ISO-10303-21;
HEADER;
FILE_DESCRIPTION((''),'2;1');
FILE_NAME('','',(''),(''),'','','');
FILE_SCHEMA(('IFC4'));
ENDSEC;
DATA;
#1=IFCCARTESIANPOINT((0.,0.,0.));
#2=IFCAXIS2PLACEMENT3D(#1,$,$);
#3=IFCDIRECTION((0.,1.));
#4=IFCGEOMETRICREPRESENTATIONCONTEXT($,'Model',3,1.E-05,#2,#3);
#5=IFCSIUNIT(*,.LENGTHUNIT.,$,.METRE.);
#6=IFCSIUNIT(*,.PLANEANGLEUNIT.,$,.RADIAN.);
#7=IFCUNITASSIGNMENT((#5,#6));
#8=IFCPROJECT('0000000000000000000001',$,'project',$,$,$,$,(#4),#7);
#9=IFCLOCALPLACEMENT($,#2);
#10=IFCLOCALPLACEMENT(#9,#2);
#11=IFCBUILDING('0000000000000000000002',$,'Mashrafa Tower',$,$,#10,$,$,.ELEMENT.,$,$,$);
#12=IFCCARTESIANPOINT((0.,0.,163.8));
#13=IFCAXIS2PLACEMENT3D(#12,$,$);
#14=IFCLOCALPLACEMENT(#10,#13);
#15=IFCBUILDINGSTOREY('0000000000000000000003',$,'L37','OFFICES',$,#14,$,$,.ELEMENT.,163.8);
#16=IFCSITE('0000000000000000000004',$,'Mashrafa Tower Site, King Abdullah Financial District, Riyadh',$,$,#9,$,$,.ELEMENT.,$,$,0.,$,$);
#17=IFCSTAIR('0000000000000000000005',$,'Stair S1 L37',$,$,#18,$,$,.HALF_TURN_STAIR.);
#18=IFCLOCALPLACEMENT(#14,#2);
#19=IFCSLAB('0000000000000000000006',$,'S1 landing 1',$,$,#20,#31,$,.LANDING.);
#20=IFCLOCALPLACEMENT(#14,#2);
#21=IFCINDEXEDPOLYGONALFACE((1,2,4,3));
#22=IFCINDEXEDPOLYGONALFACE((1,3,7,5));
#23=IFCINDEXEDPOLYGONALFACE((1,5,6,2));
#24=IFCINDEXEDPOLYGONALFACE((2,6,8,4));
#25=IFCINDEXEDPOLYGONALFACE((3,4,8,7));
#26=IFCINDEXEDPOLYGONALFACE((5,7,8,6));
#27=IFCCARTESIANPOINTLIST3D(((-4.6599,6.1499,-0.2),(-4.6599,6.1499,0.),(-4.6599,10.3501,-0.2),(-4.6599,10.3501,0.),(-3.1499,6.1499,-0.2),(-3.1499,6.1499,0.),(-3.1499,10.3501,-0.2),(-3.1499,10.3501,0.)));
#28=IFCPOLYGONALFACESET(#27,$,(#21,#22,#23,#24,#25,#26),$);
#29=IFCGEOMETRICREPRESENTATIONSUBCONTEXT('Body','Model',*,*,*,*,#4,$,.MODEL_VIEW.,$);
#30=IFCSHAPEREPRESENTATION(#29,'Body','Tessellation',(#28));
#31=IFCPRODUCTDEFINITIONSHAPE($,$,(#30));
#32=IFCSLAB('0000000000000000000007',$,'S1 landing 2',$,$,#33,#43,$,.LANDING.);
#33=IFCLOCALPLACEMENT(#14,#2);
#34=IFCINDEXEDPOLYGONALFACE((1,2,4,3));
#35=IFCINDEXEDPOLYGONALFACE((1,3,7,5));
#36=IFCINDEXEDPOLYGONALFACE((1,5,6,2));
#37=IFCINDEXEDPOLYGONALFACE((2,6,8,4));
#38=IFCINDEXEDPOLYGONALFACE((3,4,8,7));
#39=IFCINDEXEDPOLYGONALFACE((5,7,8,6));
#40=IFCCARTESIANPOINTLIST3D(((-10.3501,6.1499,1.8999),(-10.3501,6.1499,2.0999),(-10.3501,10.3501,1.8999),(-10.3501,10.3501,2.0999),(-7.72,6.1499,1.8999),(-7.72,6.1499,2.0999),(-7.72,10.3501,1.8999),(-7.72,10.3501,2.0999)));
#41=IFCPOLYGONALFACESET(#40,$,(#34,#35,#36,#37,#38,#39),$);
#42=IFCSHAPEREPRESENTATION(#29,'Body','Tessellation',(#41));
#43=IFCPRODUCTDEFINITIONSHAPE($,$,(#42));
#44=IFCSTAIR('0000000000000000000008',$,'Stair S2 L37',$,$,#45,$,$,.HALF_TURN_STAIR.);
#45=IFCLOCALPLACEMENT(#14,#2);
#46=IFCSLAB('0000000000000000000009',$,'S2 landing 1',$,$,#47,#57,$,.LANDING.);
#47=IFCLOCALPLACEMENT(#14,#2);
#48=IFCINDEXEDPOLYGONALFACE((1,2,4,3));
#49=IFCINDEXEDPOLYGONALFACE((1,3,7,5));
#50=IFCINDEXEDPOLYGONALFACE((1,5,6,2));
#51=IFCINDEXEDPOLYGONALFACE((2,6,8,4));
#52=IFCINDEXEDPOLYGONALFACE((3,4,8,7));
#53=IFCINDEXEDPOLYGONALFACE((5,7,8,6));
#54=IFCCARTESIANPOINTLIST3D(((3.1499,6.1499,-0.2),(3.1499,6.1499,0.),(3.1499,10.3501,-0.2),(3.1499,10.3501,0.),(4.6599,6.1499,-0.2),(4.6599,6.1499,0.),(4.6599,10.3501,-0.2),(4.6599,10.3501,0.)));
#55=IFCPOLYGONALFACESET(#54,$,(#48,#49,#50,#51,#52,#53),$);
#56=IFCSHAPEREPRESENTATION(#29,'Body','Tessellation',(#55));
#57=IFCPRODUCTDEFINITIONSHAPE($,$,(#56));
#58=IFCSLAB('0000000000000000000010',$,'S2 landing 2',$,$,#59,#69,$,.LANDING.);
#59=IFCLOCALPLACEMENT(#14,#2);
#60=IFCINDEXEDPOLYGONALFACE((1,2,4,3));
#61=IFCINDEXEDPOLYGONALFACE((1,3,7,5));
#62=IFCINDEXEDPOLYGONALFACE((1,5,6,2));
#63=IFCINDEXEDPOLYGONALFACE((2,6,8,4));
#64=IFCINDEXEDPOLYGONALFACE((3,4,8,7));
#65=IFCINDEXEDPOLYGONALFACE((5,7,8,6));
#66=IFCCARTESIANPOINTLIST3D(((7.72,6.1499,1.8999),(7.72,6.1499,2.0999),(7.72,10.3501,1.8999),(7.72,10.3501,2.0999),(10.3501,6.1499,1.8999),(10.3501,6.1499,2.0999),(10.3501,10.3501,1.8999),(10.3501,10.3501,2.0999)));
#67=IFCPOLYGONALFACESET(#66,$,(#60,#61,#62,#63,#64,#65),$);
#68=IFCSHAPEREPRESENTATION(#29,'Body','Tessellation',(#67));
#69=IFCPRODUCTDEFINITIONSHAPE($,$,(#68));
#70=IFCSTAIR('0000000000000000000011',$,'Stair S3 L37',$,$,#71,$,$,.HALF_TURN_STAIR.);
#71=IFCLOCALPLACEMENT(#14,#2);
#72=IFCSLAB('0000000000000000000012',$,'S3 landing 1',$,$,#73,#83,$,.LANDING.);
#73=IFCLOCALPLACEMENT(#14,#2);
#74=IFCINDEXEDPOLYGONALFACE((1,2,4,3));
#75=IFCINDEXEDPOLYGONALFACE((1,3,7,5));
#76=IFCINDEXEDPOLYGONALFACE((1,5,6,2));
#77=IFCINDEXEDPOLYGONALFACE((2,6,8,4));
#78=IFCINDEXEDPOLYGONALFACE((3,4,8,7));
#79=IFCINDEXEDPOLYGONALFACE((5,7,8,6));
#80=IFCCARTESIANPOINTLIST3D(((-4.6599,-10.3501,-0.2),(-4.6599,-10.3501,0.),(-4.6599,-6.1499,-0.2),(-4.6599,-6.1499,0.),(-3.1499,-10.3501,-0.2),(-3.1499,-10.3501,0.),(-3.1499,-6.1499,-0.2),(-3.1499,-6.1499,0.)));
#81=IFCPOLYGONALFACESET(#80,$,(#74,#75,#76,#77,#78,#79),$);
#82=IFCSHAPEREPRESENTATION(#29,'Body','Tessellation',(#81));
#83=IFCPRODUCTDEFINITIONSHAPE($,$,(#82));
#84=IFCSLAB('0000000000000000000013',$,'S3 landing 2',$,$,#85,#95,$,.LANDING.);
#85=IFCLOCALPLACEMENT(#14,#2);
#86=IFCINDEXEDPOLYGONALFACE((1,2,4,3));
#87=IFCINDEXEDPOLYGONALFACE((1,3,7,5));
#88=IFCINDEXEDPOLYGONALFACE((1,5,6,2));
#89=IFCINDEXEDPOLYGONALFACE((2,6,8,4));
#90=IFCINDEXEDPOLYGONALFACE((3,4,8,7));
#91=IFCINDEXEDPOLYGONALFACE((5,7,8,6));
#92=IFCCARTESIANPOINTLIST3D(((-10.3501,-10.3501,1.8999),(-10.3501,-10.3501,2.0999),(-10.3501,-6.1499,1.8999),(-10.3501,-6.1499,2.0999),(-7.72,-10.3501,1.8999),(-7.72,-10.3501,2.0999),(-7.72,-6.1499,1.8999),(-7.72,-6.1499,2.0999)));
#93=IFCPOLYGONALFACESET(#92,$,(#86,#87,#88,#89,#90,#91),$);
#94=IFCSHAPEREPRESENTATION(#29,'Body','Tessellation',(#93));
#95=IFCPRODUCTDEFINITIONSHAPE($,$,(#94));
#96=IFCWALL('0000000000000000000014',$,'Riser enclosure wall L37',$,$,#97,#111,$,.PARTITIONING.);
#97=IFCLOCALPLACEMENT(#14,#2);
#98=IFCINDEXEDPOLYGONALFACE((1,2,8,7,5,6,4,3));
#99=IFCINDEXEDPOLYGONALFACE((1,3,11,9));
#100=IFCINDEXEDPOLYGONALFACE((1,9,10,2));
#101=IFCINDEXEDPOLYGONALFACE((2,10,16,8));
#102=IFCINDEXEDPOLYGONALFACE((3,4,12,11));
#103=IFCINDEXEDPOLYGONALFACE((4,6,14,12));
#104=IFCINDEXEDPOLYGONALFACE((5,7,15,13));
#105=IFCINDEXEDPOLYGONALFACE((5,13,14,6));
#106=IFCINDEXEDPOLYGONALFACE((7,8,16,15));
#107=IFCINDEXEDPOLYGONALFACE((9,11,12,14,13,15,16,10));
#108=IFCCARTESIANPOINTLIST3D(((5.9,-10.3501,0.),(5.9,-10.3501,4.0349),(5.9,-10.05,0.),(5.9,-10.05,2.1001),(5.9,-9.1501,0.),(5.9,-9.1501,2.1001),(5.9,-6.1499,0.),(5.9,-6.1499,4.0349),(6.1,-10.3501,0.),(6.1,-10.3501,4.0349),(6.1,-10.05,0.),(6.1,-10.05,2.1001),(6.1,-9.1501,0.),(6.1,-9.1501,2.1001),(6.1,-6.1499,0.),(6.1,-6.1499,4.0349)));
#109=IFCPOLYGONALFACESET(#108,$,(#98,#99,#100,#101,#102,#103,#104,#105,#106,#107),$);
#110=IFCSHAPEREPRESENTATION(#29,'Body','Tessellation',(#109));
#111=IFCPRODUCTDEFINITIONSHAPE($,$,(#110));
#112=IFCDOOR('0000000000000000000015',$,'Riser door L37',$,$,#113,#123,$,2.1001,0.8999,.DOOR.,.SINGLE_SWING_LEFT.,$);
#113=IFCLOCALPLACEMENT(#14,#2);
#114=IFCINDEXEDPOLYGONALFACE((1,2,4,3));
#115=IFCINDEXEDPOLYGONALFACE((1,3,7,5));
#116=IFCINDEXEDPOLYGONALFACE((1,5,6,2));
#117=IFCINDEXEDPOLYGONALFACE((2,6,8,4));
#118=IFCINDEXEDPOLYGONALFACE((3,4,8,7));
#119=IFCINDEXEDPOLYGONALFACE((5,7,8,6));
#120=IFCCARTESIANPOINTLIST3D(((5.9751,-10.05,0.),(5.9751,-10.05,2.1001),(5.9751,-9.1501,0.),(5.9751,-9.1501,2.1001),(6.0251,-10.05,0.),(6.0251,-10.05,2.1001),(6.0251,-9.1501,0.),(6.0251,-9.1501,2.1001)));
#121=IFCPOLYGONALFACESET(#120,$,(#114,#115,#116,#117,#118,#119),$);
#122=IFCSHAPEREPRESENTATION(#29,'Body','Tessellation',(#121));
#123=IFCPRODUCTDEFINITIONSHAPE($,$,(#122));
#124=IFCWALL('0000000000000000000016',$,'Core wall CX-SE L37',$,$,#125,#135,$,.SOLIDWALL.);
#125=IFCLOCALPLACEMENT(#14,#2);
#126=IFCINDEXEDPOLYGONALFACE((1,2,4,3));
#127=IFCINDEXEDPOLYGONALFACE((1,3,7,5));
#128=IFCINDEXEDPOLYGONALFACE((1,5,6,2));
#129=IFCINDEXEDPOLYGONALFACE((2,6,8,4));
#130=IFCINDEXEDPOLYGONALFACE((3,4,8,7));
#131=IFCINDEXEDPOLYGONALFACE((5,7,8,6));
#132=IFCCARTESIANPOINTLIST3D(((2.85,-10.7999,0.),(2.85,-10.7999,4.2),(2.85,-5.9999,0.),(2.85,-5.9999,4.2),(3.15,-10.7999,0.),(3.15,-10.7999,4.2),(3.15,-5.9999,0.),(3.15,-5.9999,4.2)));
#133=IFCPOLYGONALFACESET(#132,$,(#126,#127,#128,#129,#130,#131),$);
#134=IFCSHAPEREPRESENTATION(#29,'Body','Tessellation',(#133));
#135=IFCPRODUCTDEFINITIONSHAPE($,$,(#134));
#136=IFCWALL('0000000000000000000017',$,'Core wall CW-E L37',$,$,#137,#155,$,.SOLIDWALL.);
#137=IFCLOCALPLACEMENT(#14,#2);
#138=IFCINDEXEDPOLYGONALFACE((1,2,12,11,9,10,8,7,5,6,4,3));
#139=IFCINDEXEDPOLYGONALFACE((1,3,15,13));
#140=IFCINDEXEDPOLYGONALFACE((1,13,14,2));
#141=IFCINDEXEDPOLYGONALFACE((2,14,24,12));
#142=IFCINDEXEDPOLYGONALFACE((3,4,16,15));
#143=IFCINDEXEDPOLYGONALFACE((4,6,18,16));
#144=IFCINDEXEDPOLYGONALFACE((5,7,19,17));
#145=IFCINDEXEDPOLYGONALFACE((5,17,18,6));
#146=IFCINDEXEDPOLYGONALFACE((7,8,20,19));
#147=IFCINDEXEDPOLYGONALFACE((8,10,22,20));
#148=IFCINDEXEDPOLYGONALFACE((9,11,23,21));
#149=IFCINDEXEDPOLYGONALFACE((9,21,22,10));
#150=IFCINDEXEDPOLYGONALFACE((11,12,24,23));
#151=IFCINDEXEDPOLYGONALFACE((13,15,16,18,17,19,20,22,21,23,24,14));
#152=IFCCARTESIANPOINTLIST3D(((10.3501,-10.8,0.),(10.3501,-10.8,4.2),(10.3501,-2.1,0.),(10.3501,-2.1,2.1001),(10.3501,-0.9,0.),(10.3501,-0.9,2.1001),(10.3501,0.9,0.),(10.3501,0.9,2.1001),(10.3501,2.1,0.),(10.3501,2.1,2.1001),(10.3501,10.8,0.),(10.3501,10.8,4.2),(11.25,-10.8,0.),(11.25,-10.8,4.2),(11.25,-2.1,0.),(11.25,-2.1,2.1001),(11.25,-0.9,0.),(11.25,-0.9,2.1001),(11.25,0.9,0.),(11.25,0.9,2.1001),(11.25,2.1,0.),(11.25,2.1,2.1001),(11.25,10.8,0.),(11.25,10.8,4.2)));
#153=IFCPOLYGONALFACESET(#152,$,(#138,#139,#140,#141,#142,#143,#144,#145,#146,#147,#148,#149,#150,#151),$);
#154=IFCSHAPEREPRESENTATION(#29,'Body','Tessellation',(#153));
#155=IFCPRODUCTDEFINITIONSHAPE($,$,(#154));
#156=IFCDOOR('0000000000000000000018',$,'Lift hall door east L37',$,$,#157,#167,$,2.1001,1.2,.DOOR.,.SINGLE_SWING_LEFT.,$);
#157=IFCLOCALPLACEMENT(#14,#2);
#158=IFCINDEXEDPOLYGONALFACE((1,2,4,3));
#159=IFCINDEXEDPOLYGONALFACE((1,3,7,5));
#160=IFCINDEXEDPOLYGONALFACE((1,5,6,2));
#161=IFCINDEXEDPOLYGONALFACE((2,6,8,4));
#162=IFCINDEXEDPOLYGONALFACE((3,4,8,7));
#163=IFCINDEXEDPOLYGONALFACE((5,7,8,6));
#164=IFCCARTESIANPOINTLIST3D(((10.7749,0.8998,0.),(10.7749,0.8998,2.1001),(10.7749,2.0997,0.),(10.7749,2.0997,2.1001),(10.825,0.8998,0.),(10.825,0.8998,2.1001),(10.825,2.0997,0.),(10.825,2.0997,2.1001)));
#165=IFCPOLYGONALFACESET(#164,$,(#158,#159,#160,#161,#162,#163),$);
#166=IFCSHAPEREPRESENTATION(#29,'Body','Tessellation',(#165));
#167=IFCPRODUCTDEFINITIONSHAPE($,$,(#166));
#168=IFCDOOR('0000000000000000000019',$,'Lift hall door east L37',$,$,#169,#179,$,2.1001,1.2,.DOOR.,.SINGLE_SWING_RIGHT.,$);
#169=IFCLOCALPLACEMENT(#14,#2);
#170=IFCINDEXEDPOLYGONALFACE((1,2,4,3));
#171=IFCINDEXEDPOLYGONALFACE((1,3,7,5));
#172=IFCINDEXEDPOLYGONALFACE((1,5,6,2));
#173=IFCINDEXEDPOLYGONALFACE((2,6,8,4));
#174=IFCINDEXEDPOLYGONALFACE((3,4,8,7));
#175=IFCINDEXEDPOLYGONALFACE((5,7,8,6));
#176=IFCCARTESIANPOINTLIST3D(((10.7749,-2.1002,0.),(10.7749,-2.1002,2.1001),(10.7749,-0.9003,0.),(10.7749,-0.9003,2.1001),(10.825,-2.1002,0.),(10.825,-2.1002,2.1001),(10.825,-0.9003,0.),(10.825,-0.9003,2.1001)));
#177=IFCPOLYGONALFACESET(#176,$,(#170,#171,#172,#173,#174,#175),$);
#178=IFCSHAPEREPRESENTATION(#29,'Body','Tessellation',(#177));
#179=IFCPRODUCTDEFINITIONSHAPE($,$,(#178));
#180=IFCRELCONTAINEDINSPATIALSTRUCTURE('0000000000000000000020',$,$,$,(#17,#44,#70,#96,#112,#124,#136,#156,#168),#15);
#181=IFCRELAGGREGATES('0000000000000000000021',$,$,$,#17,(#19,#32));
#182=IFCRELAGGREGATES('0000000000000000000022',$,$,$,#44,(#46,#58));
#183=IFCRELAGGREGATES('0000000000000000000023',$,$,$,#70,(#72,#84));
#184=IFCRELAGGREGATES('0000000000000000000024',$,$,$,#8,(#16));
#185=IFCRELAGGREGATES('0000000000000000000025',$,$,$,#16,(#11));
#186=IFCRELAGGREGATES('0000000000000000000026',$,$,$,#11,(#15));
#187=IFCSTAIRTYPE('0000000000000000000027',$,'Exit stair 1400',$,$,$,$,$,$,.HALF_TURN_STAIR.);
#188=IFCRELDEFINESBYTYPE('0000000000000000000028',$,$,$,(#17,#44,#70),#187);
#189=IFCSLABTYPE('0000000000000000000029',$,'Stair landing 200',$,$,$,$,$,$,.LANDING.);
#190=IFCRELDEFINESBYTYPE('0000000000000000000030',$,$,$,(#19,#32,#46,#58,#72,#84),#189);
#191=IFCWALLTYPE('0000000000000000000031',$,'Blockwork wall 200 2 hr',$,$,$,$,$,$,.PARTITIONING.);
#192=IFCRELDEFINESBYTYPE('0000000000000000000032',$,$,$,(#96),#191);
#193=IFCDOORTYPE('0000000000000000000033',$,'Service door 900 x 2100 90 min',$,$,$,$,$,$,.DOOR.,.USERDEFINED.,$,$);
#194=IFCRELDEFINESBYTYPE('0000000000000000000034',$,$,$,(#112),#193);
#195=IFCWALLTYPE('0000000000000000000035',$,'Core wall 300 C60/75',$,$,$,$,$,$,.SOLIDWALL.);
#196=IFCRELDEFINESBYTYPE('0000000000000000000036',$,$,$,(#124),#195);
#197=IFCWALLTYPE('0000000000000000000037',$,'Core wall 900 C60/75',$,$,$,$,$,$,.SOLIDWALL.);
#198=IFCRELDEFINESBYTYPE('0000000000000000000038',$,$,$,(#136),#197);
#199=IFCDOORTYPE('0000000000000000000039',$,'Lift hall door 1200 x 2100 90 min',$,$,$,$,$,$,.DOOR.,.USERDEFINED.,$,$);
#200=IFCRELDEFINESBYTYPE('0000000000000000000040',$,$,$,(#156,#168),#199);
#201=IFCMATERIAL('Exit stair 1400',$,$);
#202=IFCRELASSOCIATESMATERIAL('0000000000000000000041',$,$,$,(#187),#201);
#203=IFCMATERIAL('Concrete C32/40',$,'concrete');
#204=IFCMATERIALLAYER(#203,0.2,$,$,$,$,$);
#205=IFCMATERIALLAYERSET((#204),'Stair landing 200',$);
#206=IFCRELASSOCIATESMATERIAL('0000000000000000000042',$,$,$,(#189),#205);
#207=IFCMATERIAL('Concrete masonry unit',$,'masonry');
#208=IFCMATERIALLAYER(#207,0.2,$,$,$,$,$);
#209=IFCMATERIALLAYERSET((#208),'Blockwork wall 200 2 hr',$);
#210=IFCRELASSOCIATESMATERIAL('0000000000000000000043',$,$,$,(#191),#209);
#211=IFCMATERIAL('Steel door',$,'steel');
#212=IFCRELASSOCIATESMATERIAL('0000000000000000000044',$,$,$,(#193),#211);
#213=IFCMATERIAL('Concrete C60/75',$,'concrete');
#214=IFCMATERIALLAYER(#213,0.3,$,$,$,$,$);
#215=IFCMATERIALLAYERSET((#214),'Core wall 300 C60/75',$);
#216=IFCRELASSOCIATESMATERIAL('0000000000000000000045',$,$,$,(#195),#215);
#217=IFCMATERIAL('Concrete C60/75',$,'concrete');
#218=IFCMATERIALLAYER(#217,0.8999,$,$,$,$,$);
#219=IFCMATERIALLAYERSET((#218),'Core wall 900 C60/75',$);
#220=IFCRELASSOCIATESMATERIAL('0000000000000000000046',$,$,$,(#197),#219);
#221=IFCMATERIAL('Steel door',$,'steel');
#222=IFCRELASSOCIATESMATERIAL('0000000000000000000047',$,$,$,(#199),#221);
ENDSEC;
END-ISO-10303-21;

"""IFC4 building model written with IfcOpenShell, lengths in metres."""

from ifc_helpers import new_model, si_unit, direction, frame, frame_2d, origin, place, context, subcontext, project, spatial, polyline, rectangle, outline, extrude, material, layer, layer_set, type_object, element, fill, aggregate, save


model = new_model("IFC4")

# Units and contexts
model_context = context("Model", 3, precision=1e-05, world=origin(), true_north=direction((0.0, 1.0)))
body_context = subcontext(model_context, "Body", "Model", "MODEL_VIEW")
ifc_project = project(units=[si_unit("LENGTHUNIT", "METRE"), si_unit("PLANEANGLEUNIT", "RADIAN")], contexts=[model_context])

# Site, building, storey
site_placement = place(None, origin())
site = spatial("IfcSite", under=ifc_project, at=site_placement, Name="Mashrafa Tower Site, King Abdullah Financial District, Riyadh", CompositionType="ELEMENT", RefElevation=0.0)
building_placement = place(site_placement, origin())
building = spatial("IfcBuilding", under=site, at=building_placement, Name="Mashrafa Tower", CompositionType="ELEMENT")
storey_placement = place(building_placement, frame((0.0, 0.0, 163.8)))
storey = spatial("IfcBuildingStorey", under=building, at=storey_placement, Name="L37", Description="OFFICES", CompositionType="ELEMENT", Elevation=163.8)

# Stairs, slabs
ifc_material_1 = material(Name="Exit stair 1400")
stair_type = type_object("IfcStairType", Name="Exit stair 1400", PredefinedType="HALF_TURN_STAIR", material=ifc_material_1)
stair_1_placement = place(storey_placement, origin())
stair_1 = element("IfcStair", 1, at=stair_1_placement, inside=storey, type_object=stair_type, Name="Stair S1 L37", PredefinedType="HALF_TURN_STAIR")
ifc_material_2 = material(Name="Concrete C32/40", Category="concrete")
ifc_layer_1 = layer(ifc_material_2, 0.2)
ifc_layer_set_1 = layer_set([ifc_layer_1], Name="Stair landing 200")
slab_type = type_object("IfcSlabType", Name="Stair landing 200", PredefinedType="LANDING", material=ifc_layer_set_1)
slab_1_placement = place(storey_placement, frame((0.0, 0.0, -0.2)))
slab_1 = element("IfcSlab", 2, at=slab_1_placement, type_object=slab_type, Name="S1 landing 1", PredefinedType="LANDING", context=body_context, shape_type="SweptSolid", body=[
    extrude(outline(polyline([(-4.6599, 6.1499), (-3.1499, 6.1499), (-3.1499, 10.3501), (-4.6599, 10.3501), (-4.6599, 6.1499)])), origin(), (0.0, 0.0, 1.0), 0.2),
])
slab_2_placement = place(storey_placement, frame((0.0, 0.0, 1.8999)))
slab_2 = element("IfcSlab", 3, at=slab_2_placement, type_object=slab_type, Name="S1 landing 2", PredefinedType="LANDING", context=body_context, shape_type="SweptSolid", body=[
    extrude(outline(polyline([(-10.3501, 6.1499), (-7.72, 6.1499), (-7.72, 10.3501), (-10.3501, 10.3501), (-10.3501, 6.1499)])), origin(), (0.0, 0.0, 1.0), 0.2),
])
aggregate(stair_1, [slab_1, slab_2])
stair_2_placement = place(storey_placement, origin())
stair_2 = element("IfcStair", 4, at=stair_2_placement, inside=storey, type_object=stair_type, Name="Stair S2 L37", PredefinedType="HALF_TURN_STAIR")
slab_3_placement = place(storey_placement, frame((0.0, 0.0, -0.2)))
slab_3 = element("IfcSlab", 5, at=slab_3_placement, type_object=slab_type, Name="S2 landing 1", PredefinedType="LANDING", context=body_context, shape_type="SweptSolid", body=[
    extrude(outline(polyline([(3.1499, 6.1499), (4.6599, 6.1499), (4.6599, 10.3501), (3.1499, 10.3501), (3.1499, 6.1499)])), origin(), (0.0, 0.0, 1.0), 0.2),
])
slab_4_placement = place(storey_placement, frame((0.0, 0.0, 1.8999)))
slab_4 = element("IfcSlab", 6, at=slab_4_placement, type_object=slab_type, Name="S2 landing 2", PredefinedType="LANDING", context=body_context, shape_type="SweptSolid", body=[
    extrude(outline(polyline([(7.72, 6.1499), (10.3501, 6.1499), (10.3501, 10.3501), (7.72, 10.3501), (7.72, 6.1499)])), origin(), (0.0, 0.0, 1.0), 0.2),
])
aggregate(stair_2, [slab_3, slab_4])
stair_3_placement = place(storey_placement, origin())
stair_3 = element("IfcStair", 7, at=stair_3_placement, inside=storey, type_object=stair_type, Name="Stair S3 L37", PredefinedType="HALF_TURN_STAIR")
slab_5_placement = place(storey_placement, frame((0.0, 0.0, -0.2)))
slab_5 = element("IfcSlab", 8, at=slab_5_placement, type_object=slab_type, Name="S3 landing 1", PredefinedType="LANDING", context=body_context, shape_type="SweptSolid", body=[
    extrude(outline(polyline([(-4.6599, -10.3501), (-3.1499, -10.3501), (-3.1499, -6.1499), (-4.6599, -6.1499), (-4.6599, -10.3501)])), origin(), (0.0, 0.0, 1.0), 0.2),
])
slab_6_placement = place(storey_placement, frame((0.0, 0.0, 1.8999)))
slab_6 = element("IfcSlab", 9, at=slab_6_placement, type_object=slab_type, Name="S3 landing 2", PredefinedType="LANDING", context=body_context, shape_type="SweptSolid", body=[
    extrude(outline(polyline([(-10.3501, -10.3501), (-7.72, -10.3501), (-7.72, -6.1499), (-10.3501, -6.1499), (-10.3501, -10.3501)])), origin(), (0.0, 0.0, 1.0), 0.2),
])
aggregate(stair_3, [slab_5, slab_6])

# Wall, opening, door
ifc_material_3 = material(Name="Concrete masonry unit", Category="masonry")
ifc_layer_2 = layer(ifc_material_3, 0.2)
ifc_layer_set_2 = layer_set([ifc_layer_2], Name="Blockwork wall 200 2 hr")
wall_type_1 = type_object("IfcWallType", Name="Blockwork wall 200 2 hr", PredefinedType="PARTITIONING", material=ifc_layer_set_2)
wall_1_placement = place(storey_placement, frame((6.0, -10.3501, 0.0), z_axis=(0.0, 0.0, 1.0), x_axis=(0.0, 1.0, 0.0)))
wall_1 = element("IfcWall", 10, at=wall_1_placement, inside=storey, type_object=wall_type_1, Name="Riser enclosure wall L37", PredefinedType="PARTITIONING", context=body_context, shape_type="SweptSolid", body=[
    extrude(rectangle(XDim=4.2002, YDim=0.2, at=frame_2d((2.1001, 0.0))), origin(), (0.0, 0.0, 1.0), 4.0349),
])
opening_1_placement = place(wall_1_placement, frame((0.3, 0.0, 0.0)))
opening_1 = element("IfcOpeningElement", 11, at=opening_1_placement, cuts=wall_1, PredefinedType="OPENING", context=body_context, shape_type="SweptSolid", body=[
    extrude(rectangle(XDim=0.8999, YDim=2.1001, at=frame_2d((0.45, 1.05))), frame((0.0, 0.1099, 0.0), z_axis=(0.0, -1.0, 0.0), x_axis=(1.0, 0.0, 0.0)), (0.0, 0.0, 1.0), 0.22),
])
ifc_material_4 = material(Name="Steel door", Category="steel")
door_type_1 = type_object("IfcDoorType", Name="Service door 900 x 2100 90 min", OperationType="USERDEFINED", PredefinedType="DOOR", material=ifc_material_4)
door_1_placement = place(opening_1_placement, origin())
door_1 = element("IfcDoor", 12, at=door_1_placement, inside=storey, type_object=door_type_1, Name="Riser door L37", OperationType="SINGLE_SWING_LEFT", OverallHeight=2.1001, OverallWidth=0.8999, PredefinedType="DOOR", context=body_context, shape_type="SweptSolid", body=[
    extrude(rectangle(XDim=0.8999, YDim=2.1001, at=frame_2d((0.45, 1.05))), frame((0.0, 0.0249, 0.0), z_axis=(0.0, -1.0, 0.0), x_axis=(1.0, 0.0, 0.0)), (0.0, 0.0, 1.0), 0.05),
])
fill(opening_1, door_1)

# Wall
ifc_material_5 = material(Name="Concrete C60/75", Category="concrete")
ifc_layer_3 = layer(ifc_material_5, 0.3)
ifc_layer_set_3 = layer_set([ifc_layer_3], Name="Core wall 300 C60/75")
wall_type_2 = type_object("IfcWallType", Name="Core wall 300 C60/75", PredefinedType="SOLIDWALL", material=ifc_layer_set_3)
wall_2_placement = place(storey_placement, frame((3.0, -6.0, 0.0), z_axis=(0.0, 0.0, 1.0), x_axis=(0.0, -1.0, 0.0)))
element("IfcWall", 13, at=wall_2_placement, inside=storey, type_object=wall_type_2, Name="Core wall CX-SE L37", PredefinedType="SOLIDWALL", context=body_context, shape_type="SweptSolid", body=[
    extrude(rectangle(XDim=4.8, YDim=0.3, at=frame_2d((2.3999, 0.0))), origin(), (0.0, 0.0, 1.0), 4.2),
])

# Wall, openings, doors
ifc_material_6 = material(Name="Concrete C60/75", Category="concrete")
ifc_layer_4 = layer(ifc_material_6, 0.8999)
ifc_layer_set_4 = layer_set([ifc_layer_4], Name="Core wall 900 C60/75")
wall_type_3 = type_object("IfcWallType", Name="Core wall 900 C60/75", PredefinedType="SOLIDWALL", material=ifc_layer_set_4)
wall_3_placement = place(storey_placement, frame((10.8, -10.8, 0.0), z_axis=(0.0, 0.0, 1.0), x_axis=(0.0, 1.0, 0.0)))
wall_3 = element("IfcWall", 14, at=wall_3_placement, inside=storey, type_object=wall_type_3, Name="Core wall CW-E L37", PredefinedType="SOLIDWALL", context=body_context, shape_type="SweptSolid", body=[
    extrude(rectangle(XDim=21.6001, YDim=0.8999, at=frame_2d((10.8, 0.0))), origin(), (0.0, 0.0, 1.0), 4.2),
])
opening_2_placement = place(wall_3_placement, frame((11.7, 0.0, 0.0)))
opening_2 = element("IfcOpeningElement", 15, at=opening_2_placement, cuts=wall_3, PredefinedType="OPENING", context=body_context, shape_type="SweptSolid", body=[
    extrude(rectangle(XDim=1.2, YDim=2.1001, at=frame_2d((0.6001, 1.05))), frame((0.0, 0.46, 0.0), z_axis=(0.0, -1.0, 0.0), x_axis=(1.0, 0.0, 0.0)), (0.0, 0.0, 1.0), 0.9199),
])
opening_3_placement = place(wall_3_placement, frame((8.7, 0.0, 0.0)))
opening_3 = element("IfcOpeningElement", 16, at=opening_3_placement, cuts=wall_3, PredefinedType="OPENING", context=body_context, shape_type="SweptSolid", body=[
    extrude(rectangle(XDim=1.2, YDim=2.1001, at=frame_2d((0.6001, 1.05))), frame((0.0, 0.46, 0.0), z_axis=(0.0, -1.0, 0.0), x_axis=(1.0, 0.0, 0.0)), (0.0, 0.0, 1.0), 0.9199),
])
ifc_material_7 = material(Name="Steel door", Category="steel")
door_type_2 = type_object("IfcDoorType", Name="Lift hall door 1200 x 2100 90 min", OperationType="USERDEFINED", PredefinedType="DOOR", material=ifc_material_7)
door_2_placement = place(opening_2_placement, frame((1.2, 0.0, 0.0), z_axis=(0.0, 0.0, 1.0), x_axis=(-1.0, 0.0, 0.0)))
door_2 = element("IfcDoor", 17, at=door_2_placement, inside=storey, type_object=door_type_2, Name="Lift hall door east L37", OperationType="SINGLE_SWING_LEFT", OverallHeight=2.1001, OverallWidth=1.2, PredefinedType="DOOR", context=body_context, shape_type="SweptSolid", body=[
    extrude(rectangle(XDim=1.2, YDim=2.1001, at=frame_2d((0.6001, 1.05))), frame((0.0, 0.0249, 0.0), z_axis=(0.0, -1.0, 0.0), x_axis=(1.0, 0.0, 0.0)), (0.0, 0.0, 1.0), 0.05),
])
fill(opening_2, door_2)
door_3_placement = place(opening_3_placement, frame((1.2, 0.0, 0.0), z_axis=(0.0, 0.0, 1.0), x_axis=(-1.0, 0.0, 0.0)))
door_3 = element("IfcDoor", 18, at=door_3_placement, inside=storey, type_object=door_type_2, Name="Lift hall door east L37", OperationType="SINGLE_SWING_RIGHT", OverallHeight=2.1001, OverallWidth=1.2, PredefinedType="DOOR", context=body_context, shape_type="SweptSolid", body=[
    extrude(rectangle(XDim=1.2, YDim=2.1001, at=frame_2d((0.6001, 1.05))), frame((0.0, 0.0249, 0.0), z_axis=(0.0, -1.0, 0.0), x_axis=(1.0, 0.0, 0.0)), (0.0, 0.0, 1.0), 0.05),
])
fill(opening_3, door_3)

save(model, "model.ifc")
